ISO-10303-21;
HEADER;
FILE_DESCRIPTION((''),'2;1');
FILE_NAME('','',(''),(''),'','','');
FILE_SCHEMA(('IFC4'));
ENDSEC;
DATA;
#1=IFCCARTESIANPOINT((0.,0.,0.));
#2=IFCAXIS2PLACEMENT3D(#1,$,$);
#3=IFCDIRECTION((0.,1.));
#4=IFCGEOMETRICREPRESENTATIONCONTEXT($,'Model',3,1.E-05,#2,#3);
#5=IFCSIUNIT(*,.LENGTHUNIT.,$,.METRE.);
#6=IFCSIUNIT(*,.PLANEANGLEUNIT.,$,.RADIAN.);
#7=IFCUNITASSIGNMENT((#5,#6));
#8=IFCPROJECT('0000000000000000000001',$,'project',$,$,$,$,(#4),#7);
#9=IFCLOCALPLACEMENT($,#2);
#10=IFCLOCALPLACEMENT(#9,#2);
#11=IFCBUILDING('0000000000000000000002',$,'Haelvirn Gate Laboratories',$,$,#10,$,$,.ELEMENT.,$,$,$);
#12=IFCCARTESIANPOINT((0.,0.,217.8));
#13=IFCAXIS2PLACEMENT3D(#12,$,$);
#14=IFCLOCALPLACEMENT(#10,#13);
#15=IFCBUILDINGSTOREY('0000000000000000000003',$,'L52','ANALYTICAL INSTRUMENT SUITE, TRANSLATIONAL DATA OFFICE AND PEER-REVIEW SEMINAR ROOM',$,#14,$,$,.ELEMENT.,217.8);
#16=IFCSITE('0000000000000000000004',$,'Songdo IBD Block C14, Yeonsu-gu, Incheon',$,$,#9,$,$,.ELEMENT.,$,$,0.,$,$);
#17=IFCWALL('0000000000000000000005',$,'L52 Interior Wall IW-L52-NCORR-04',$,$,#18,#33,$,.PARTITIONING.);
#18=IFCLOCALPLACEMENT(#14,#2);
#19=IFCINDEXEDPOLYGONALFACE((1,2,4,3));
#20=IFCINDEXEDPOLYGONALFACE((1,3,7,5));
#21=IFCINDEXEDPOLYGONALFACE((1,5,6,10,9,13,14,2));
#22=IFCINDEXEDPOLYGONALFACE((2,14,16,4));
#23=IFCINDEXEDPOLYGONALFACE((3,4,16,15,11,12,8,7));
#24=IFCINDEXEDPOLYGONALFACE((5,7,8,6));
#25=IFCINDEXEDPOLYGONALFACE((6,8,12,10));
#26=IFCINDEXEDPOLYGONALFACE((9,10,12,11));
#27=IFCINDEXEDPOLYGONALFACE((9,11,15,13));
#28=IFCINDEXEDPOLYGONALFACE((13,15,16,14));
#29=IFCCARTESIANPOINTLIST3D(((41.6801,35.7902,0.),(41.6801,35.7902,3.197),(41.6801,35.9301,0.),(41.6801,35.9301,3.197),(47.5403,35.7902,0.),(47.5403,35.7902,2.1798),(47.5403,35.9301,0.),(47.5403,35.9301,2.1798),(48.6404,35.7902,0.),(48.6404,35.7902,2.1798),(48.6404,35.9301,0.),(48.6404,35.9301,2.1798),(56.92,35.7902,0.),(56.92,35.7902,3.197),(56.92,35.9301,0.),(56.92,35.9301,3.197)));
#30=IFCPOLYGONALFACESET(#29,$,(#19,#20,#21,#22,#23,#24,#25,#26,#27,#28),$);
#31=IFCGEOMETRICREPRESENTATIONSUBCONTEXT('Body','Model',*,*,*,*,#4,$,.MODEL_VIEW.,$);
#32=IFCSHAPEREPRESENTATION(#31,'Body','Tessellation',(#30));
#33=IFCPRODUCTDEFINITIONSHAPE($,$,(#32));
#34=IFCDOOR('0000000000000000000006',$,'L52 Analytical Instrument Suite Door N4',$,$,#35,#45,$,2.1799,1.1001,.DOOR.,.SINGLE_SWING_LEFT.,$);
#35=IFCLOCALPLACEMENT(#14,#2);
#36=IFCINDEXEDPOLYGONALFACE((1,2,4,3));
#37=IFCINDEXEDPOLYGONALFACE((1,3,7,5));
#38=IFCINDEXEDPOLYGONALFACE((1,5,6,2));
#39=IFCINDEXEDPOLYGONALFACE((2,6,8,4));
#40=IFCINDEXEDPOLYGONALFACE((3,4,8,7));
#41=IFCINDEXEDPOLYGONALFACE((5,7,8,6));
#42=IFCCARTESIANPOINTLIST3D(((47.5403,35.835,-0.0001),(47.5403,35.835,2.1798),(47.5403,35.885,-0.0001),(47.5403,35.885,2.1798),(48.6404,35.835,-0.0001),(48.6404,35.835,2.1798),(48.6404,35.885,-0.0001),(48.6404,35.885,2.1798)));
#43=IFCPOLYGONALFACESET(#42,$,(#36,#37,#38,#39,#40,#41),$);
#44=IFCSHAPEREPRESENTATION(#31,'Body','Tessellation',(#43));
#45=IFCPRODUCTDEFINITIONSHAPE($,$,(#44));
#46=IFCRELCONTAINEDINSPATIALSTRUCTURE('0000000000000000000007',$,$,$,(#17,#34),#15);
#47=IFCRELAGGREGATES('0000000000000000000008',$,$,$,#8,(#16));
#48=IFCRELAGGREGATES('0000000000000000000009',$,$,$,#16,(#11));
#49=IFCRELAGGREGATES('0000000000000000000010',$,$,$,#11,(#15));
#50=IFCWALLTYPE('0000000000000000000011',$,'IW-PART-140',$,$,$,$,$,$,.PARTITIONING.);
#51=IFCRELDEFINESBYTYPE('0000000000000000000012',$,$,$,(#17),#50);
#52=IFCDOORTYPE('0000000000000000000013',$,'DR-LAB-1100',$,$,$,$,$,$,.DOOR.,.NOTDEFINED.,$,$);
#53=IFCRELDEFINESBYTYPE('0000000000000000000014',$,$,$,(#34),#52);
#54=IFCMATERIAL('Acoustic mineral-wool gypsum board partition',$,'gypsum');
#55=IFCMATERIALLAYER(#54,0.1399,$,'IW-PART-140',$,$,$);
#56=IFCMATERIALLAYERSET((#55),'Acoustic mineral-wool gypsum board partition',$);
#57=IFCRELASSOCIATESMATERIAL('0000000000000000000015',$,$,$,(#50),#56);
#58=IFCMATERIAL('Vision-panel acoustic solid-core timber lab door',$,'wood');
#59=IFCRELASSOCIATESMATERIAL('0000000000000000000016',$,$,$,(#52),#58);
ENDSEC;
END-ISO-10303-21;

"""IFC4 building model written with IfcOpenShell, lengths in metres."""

from ifc_helpers import new_model, si_unit, direction, frame, frame_2d, origin, place, context, subcontext, project, spatial, rectangle, extrude, source, transform, mapped, material, layer, layer_set, type_object, type_shapes, element, fill, save


model = new_model("IFC4")

# Units and contexts
model_context = context("Model", 3, precision=1e-05, world=origin(), true_north=direction((0.0, 1.0)))
body_context = subcontext(model_context, "Body", "Model", "MODEL_VIEW")
ifc_project = project(units=[si_unit("LENGTHUNIT", "METRE"), si_unit("PLANEANGLEUNIT", "RADIAN")], contexts=[model_context])

# Site, building, storey
site_placement = place(None, origin())
site = spatial("IfcSite", under=ifc_project, at=site_placement, Name="Songdo IBD Block C14, Yeonsu-gu, Incheon", CompositionType="ELEMENT", RefElevation=0.0)
building_placement = place(site_placement, origin())
building = spatial("IfcBuilding", under=site, at=building_placement, Name="Haelvirn Gate Laboratories", CompositionType="ELEMENT")
storey_placement = place(building_placement, frame((0.0, 0.0, 217.8)))
storey = spatial("IfcBuildingStorey", under=building, at=storey_placement, Name="L52", Description="ANALYTICAL INSTRUMENT SUITE, TRANSLATIONAL DATA OFFICE AND PEER-REVIEW SEMINAR ROOM", CompositionType="ELEMENT", Elevation=217.8)

# Wall, opening, door
ifc_material_1 = material(Name="Acoustic mineral-wool gypsum board partition", Category="gypsum")
ifc_layer_1 = layer(ifc_material_1, 0.1399, Name="IW-PART-140")
ifc_layer_set_1 = layer_set([ifc_layer_1], Name="Acoustic mineral-wool gypsum board partition")
wall_type_1 = type_object("IfcWallType", Name="IW-PART-140", PredefinedType="PARTITIONING", material=ifc_layer_set_1)
wall_1_placement = place(storey_placement, frame((41.6799, 35.8601, 0.0), z_axis=(0.0, 0.0, 1.0), x_axis=(1.0, 0.0, 0.0)))
wall_1 = element("IfcWall", 1, at=wall_1_placement, inside=storey, type_object=wall_type_1, Name="L52 Interior Wall IW-L52-NCORR-04", PredefinedType="PARTITIONING", context=body_context, shape_type="SweptSolid", body=[
    extrude(rectangle(XDim=15.24, YDim=0.1399, at=frame_2d((7.6201, 0.0))), origin(), (0.0, 0.0, 1.0), 3.197),
])
opening_placement = place(wall_1_placement, frame((5.8604, 0.0, 0.0)))
opening = element("IfcOpeningElement", 2, at=opening_placement, cuts=wall_1, PredefinedType="OPENING", context=body_context, shape_type="SweptSolid", body=[
    extrude(rectangle(XDim=1.1001, YDim=2.1799, at=frame_2d((0.55, 1.0898))), frame((0.0, 0.0801, 0.0), z_axis=(0.0, -1.0, 0.0), x_axis=(1.0, 0.0, 0.0)), (0.0, 0.0, 1.0), 0.1599),
])
ifc_material_2 = material(Name="Vision-panel acoustic solid-core timber lab door", Category="wood")
door_type = type_object("IfcDoorType", Name="DR-LAB-1100", OperationType="NOTDEFINED", PredefinedType="DOOR", material=ifc_material_2)
shared_shape_1 = source(origin(), body_context, "Body", "SweptSolid", [
    extrude(rectangle(XDim=1.1001, YDim=2.1799, at=frame_2d((0.55, 1.0898))), frame((0.0, 0.0249, 0.0), z_axis=(0.0, -1.0, 0.0), x_axis=(1.0, 0.0, 0.0)), (0.0, 0.0, 1.0), 0.05),
])
type_shapes(door_type, [shared_shape_1])
door_placement = place(opening_placement, origin())
door = element("IfcDoor", 3, at=door_placement, inside=storey, type_object=door_type, Name="L52 Analytical Instrument Suite Door N4", OperationType="SINGLE_SWING_LEFT", OverallHeight=2.1799, OverallWidth=1.1001, PredefinedType="DOOR", context=body_context, shape_type="MappedRepresentation", body=[
    mapped(shared_shape_1, transform((0.0, 0.0, 0.0), scale=1.0)),
])
fill(opening, door)

save(model, "model.ifc")
